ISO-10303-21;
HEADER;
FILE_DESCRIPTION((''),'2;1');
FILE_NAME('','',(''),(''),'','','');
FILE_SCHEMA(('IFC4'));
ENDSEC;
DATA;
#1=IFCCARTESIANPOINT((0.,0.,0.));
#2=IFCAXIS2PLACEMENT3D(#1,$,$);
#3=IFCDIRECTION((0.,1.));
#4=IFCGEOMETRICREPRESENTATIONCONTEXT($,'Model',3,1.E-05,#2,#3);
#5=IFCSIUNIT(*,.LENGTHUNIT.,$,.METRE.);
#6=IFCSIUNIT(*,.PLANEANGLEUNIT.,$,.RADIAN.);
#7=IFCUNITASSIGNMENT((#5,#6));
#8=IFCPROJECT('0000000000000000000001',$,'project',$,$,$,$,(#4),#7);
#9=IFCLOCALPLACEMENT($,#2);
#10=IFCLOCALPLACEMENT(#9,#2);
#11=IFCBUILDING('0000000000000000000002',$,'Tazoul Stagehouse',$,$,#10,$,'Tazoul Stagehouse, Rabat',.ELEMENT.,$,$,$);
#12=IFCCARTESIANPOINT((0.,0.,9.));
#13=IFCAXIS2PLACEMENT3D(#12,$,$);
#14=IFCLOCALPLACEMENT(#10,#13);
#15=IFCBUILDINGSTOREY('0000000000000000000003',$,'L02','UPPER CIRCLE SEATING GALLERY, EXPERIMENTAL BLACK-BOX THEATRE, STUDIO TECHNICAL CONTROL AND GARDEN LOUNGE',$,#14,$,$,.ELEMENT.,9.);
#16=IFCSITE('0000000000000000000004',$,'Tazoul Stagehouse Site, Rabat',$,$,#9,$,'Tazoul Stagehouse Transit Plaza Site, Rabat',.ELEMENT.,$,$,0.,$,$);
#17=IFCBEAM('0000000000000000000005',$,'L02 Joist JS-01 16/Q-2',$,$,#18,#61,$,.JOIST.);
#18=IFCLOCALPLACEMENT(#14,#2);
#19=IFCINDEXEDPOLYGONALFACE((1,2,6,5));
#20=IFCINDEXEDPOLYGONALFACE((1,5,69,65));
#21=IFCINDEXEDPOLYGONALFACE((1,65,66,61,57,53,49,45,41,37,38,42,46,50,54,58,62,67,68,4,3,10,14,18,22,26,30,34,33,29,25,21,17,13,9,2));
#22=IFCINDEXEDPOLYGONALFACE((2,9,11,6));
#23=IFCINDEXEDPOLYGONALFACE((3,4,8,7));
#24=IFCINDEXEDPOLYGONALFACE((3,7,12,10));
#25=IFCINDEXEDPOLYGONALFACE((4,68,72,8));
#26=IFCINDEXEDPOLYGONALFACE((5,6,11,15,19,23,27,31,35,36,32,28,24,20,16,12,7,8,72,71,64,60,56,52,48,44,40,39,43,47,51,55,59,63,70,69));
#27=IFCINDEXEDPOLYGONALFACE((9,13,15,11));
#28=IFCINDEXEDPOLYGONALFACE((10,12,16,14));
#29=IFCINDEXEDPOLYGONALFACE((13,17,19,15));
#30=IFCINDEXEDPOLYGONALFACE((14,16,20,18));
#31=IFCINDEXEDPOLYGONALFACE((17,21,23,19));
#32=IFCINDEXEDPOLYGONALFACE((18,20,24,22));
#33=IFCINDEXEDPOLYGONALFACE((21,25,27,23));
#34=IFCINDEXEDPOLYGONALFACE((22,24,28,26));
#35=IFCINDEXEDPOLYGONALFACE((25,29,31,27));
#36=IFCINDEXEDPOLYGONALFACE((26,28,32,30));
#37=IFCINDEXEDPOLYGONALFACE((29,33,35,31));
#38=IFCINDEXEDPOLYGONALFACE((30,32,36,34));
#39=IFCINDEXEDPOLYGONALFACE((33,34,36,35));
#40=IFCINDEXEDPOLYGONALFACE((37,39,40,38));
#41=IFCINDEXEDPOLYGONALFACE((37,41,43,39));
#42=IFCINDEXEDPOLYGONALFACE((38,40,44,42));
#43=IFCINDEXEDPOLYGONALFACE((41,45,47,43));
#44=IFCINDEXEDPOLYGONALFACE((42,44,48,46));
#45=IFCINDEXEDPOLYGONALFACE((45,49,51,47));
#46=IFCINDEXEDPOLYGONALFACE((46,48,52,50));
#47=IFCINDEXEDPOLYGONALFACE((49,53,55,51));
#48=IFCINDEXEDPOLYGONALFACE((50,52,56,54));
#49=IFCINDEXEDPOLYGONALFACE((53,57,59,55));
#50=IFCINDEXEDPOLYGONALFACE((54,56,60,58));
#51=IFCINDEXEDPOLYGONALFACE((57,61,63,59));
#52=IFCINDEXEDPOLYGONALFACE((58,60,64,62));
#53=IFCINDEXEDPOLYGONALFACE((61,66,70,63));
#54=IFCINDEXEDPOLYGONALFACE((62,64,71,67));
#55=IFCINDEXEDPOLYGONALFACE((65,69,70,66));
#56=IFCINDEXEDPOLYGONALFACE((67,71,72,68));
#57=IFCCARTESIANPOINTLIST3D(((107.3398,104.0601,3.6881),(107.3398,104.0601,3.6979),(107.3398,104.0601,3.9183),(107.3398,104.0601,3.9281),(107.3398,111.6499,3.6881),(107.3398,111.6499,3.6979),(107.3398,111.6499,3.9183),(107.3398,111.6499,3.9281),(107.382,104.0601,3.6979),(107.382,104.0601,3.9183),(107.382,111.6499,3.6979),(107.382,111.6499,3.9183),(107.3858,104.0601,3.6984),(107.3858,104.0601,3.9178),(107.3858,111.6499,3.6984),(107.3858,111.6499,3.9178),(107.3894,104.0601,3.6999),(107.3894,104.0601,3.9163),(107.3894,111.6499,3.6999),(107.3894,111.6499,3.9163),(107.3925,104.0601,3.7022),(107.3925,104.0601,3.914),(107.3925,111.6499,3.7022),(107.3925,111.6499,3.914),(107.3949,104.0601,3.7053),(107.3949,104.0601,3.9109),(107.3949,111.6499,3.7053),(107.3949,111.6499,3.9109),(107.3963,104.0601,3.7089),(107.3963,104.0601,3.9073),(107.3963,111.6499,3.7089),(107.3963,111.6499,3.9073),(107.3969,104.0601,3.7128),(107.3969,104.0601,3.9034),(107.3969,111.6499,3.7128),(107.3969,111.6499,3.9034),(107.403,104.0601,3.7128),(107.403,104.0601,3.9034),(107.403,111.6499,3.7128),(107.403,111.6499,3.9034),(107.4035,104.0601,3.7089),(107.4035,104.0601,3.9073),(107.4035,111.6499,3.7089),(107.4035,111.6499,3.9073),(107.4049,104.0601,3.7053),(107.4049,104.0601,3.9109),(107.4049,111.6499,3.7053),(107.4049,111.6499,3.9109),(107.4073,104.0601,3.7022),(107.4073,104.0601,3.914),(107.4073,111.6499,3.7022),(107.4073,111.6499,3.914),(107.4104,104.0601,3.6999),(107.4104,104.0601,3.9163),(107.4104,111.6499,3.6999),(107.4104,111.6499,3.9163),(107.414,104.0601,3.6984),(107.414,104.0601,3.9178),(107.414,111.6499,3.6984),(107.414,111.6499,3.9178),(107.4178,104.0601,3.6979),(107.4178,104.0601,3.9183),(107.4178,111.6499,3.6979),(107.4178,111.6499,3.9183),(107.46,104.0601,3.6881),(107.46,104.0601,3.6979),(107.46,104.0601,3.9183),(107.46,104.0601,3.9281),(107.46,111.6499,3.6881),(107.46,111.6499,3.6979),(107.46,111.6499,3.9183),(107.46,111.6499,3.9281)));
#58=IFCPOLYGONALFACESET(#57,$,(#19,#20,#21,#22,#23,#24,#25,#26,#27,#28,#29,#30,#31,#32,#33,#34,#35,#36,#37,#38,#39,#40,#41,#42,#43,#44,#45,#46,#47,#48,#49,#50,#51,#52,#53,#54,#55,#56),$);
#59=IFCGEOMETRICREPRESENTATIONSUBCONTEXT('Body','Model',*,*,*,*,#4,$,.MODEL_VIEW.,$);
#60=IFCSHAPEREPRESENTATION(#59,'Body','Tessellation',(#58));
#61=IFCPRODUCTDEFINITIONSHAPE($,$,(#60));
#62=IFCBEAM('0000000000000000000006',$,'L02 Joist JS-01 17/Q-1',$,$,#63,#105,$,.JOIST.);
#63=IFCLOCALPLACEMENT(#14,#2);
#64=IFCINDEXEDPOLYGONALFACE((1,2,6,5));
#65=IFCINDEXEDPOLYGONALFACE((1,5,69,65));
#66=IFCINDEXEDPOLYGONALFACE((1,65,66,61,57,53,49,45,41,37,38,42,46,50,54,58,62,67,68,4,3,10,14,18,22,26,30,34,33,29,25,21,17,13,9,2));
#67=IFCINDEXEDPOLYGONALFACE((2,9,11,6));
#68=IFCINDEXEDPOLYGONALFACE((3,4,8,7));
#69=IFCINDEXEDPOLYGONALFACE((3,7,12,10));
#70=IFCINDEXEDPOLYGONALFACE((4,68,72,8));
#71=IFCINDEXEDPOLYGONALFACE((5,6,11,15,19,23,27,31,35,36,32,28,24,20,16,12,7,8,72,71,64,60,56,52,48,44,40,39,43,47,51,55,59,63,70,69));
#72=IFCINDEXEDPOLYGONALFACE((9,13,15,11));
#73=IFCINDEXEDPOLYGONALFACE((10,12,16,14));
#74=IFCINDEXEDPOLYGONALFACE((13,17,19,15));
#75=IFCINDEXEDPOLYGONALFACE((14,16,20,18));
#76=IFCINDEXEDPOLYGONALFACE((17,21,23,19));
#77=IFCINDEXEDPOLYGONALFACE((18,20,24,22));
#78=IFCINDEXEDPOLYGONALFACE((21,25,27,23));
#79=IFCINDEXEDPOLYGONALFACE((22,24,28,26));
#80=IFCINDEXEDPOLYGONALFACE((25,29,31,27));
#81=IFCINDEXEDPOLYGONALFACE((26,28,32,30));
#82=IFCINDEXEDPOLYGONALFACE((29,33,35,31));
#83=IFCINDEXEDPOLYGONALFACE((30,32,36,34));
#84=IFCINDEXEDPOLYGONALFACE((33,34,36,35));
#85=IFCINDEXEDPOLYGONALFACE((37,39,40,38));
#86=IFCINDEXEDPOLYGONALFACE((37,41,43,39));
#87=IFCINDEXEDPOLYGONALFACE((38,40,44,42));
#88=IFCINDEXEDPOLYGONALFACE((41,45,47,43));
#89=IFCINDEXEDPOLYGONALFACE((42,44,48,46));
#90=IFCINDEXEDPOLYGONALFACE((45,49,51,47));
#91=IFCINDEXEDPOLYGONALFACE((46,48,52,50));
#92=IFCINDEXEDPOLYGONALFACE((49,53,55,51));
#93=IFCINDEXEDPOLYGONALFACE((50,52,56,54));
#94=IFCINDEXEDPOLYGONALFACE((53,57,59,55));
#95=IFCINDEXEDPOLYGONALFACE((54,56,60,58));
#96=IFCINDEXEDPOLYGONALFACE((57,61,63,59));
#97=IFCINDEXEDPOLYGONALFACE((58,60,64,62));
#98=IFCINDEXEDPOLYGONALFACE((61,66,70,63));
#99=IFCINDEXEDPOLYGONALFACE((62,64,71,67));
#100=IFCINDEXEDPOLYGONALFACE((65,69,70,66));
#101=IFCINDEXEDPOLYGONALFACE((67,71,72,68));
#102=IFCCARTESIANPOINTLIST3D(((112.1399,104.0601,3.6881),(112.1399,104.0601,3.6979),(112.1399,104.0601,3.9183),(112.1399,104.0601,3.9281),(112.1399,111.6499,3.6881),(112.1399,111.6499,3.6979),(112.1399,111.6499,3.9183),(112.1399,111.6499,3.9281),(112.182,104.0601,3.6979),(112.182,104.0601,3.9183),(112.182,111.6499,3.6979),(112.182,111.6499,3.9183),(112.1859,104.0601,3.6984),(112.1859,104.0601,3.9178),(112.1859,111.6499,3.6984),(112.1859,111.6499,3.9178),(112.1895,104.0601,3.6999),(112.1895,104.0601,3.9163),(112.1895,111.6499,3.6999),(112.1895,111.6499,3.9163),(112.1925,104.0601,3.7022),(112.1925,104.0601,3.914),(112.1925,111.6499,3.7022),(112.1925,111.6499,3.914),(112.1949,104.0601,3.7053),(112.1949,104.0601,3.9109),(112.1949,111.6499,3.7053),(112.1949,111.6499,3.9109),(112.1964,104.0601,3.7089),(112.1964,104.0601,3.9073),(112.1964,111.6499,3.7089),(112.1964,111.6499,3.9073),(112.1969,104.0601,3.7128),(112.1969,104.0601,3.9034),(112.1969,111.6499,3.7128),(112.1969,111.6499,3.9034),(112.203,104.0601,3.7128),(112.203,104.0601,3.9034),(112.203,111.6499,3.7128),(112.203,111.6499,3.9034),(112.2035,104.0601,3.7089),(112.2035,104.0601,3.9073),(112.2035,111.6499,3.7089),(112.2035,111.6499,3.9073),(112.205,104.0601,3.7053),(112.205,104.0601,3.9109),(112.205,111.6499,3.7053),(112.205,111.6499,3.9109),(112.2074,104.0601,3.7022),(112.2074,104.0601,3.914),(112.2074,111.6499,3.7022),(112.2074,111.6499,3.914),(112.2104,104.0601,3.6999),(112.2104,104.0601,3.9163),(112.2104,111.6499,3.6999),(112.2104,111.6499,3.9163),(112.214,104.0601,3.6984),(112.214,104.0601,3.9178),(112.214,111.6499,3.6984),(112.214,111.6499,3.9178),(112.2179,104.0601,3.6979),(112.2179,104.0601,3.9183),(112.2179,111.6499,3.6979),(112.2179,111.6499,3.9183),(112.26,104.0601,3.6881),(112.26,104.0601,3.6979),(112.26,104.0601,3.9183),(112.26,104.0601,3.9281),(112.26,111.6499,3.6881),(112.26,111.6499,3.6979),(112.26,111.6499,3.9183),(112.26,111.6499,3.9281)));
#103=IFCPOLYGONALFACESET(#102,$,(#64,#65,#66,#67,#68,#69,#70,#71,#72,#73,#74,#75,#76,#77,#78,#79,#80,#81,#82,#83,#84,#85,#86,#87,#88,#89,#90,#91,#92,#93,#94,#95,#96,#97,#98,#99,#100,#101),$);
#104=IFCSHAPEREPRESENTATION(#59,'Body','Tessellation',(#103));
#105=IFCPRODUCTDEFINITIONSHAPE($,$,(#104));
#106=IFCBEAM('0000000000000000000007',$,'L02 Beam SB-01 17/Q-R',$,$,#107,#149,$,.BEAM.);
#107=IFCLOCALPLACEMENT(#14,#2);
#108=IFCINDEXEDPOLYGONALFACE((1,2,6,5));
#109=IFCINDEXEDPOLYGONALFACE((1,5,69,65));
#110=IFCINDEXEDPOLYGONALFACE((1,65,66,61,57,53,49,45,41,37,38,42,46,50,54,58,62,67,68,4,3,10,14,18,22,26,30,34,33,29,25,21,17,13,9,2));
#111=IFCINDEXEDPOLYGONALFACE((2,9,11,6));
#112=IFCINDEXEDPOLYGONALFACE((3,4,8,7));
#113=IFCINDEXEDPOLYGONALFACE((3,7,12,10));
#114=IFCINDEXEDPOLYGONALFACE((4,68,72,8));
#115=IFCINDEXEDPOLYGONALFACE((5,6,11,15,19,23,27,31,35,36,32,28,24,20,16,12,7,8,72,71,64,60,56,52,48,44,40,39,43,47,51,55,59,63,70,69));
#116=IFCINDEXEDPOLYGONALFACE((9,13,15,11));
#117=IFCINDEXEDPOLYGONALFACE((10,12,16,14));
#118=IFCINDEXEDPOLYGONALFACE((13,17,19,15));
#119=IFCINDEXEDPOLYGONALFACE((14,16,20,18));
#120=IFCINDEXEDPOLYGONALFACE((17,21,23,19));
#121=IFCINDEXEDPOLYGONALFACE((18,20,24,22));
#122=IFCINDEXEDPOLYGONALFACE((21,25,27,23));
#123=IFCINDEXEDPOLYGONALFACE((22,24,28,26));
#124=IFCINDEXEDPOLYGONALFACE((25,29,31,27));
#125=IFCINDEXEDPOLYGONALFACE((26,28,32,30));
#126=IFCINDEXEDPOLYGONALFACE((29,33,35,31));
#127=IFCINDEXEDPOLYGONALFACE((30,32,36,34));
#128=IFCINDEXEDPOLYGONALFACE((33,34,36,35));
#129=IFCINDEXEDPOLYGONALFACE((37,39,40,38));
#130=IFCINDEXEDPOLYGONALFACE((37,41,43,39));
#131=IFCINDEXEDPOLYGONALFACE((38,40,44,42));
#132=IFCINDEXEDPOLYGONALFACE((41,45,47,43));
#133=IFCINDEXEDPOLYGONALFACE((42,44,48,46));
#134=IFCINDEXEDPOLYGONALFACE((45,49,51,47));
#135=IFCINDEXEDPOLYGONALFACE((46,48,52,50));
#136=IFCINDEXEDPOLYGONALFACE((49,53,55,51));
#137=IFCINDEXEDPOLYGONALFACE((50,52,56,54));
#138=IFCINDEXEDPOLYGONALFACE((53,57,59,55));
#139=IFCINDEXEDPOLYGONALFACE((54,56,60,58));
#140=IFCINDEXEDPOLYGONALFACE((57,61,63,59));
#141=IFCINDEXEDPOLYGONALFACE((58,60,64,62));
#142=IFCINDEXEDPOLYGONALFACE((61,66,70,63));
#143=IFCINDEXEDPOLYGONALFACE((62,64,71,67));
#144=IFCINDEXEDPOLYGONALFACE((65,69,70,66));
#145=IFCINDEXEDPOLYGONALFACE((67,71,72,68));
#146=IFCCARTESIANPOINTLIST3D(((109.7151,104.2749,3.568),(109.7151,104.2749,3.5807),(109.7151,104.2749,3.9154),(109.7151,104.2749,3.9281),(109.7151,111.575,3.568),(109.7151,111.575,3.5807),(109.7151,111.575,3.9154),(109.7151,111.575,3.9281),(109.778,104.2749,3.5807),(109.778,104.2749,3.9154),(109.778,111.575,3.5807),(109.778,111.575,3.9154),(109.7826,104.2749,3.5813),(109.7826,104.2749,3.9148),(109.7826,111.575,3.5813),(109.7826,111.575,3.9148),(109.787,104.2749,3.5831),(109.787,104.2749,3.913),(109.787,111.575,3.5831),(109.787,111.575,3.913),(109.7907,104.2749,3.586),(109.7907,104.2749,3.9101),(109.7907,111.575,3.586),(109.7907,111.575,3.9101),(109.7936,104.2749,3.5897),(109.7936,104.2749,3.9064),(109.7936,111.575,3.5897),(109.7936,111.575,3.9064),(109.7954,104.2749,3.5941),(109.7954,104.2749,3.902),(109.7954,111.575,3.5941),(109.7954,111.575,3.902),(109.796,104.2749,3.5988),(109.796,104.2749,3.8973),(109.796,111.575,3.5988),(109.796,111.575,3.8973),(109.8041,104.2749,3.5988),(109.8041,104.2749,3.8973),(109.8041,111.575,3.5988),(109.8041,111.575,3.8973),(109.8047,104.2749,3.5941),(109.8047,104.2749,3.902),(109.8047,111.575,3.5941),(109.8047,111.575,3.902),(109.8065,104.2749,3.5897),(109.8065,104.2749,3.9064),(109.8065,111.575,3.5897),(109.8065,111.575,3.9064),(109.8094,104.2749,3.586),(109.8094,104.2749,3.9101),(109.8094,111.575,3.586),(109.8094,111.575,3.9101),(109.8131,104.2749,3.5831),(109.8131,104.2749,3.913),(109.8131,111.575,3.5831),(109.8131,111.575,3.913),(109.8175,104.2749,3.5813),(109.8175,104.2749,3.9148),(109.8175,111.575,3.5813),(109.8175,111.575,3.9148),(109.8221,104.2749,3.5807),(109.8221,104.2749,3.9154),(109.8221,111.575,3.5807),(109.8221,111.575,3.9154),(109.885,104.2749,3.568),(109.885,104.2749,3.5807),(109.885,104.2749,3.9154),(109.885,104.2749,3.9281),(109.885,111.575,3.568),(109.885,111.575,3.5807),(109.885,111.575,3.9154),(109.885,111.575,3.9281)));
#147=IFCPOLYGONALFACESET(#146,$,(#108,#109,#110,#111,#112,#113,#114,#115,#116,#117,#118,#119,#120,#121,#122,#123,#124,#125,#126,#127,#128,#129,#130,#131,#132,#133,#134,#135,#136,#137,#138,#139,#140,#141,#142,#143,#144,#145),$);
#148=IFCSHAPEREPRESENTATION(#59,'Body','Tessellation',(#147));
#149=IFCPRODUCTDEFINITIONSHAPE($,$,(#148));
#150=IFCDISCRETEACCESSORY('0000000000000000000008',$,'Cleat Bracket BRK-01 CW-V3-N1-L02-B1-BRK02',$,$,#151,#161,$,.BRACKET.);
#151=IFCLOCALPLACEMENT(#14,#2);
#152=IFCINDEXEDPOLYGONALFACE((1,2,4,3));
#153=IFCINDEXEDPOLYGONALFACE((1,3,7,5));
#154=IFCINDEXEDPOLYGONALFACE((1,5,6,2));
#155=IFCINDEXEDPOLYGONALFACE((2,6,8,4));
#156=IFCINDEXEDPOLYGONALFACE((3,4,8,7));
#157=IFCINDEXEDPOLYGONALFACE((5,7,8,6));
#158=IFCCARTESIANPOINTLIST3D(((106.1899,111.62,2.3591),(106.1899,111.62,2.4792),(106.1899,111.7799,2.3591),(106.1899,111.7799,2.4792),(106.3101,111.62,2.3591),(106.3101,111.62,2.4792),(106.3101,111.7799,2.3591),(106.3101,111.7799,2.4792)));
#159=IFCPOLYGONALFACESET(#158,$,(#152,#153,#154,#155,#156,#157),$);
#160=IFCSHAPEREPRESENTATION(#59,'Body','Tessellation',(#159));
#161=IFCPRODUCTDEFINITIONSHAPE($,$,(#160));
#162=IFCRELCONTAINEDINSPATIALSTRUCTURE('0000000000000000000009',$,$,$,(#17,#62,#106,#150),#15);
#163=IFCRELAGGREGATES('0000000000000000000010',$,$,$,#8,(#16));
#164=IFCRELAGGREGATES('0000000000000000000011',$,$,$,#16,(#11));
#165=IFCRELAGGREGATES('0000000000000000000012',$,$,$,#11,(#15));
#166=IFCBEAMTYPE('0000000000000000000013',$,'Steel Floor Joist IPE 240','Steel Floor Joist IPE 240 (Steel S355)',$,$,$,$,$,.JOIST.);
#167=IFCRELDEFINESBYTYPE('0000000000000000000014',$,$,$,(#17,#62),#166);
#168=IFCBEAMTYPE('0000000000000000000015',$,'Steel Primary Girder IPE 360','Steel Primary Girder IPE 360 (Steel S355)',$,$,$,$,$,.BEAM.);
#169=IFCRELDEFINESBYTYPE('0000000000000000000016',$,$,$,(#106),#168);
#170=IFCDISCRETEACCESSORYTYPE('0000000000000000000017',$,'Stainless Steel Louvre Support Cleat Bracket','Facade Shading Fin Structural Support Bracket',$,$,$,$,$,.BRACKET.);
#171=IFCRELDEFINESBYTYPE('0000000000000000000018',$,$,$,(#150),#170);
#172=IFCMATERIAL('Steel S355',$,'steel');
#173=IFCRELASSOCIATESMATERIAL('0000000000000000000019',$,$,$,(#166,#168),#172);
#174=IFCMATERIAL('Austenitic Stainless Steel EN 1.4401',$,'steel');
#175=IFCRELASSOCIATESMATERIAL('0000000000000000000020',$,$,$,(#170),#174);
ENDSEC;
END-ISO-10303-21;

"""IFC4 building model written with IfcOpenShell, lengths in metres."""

from ifc_helpers import new_model, si_unit, direction, frame, origin, origin_2d, place, context, subcontext, project, spatial, rectangle, i_section, extrude, material, material_profile, profile_set, type_object, element, save


model = new_model("IFC4")

# Units and contexts
model_context = context("Model", 3, precision=1e-05, world=origin(), true_north=direction((0.0, 1.0)))
body_context = subcontext(model_context, "Body", "Model", "MODEL_VIEW")
ifc_project = project(units=[si_unit("LENGTHUNIT", "METRE"), si_unit("PLANEANGLEUNIT", "RADIAN")], contexts=[model_context])

# Site, building, storey
site_placement = place(None, origin())
building_placement = place(site_placement, origin())
storey_placement = place(building_placement, frame((0.0, 0.0, 9.0)))
site = spatial("IfcSite", under=ifc_project, at=site_placement, Name="Tazoul Stagehouse Site, Rabat", LongName="Tazoul Stagehouse Transit Plaza Site, Rabat", CompositionType="ELEMENT", RefElevation=0.0)
building = spatial("IfcBuilding", under=site, at=building_placement, Name="Tazoul Stagehouse", LongName="Tazoul Stagehouse, Rabat", CompositionType="ELEMENT")
storey = spatial("IfcBuildingStorey", under=building, at=storey_placement, Name="L02", Description="UPPER CIRCLE SEATING GALLERY, EXPERIMENTAL BLACK-BOX THEATRE, STUDIO TECHNICAL CONTROL AND GARDEN LOUNGE", CompositionType="ELEMENT", Elevation=9.0)

# Beams
ifc_material_1 = material(Name="Steel S355", Category="steel")
ifc_material_profile_1 = material_profile(ifc_material_1, i_section(OverallWidth=0.1201, OverallDepth=0.24, WebThickness=0.0061, FlangeThickness=0.0098, FilletRadius=0.0149, at=origin_2d()), Name="IPE 240")
ifc_profile_set_1 = profile_set([ifc_material_profile_1], Name="Steel S355")
beam_type_1 = type_object("IfcBeamType", Name="Steel Floor Joist IPE 240", Description="Steel Floor Joist IPE 240 (Steel S355)", PredefinedType="JOIST", material=ifc_profile_set_1)
for number, where, z_axis, x_axis, name in (
    (1, (107.3999, 104.0601, 3.8081), (0.0, 1.0, 0.0), (-1.0, 0.0, 0.0), "L02 Joist JS-01 16/Q-2"),
    (2, (112.2, 104.0601, 3.8081), (0.0, 1.0, 0.0), (-1.0, 0.0, 0.0), "L02 Joist JS-01 17/Q-1"),
):
    element("IfcBeam", number, at=place(storey_placement, frame(where, z_axis=z_axis, x_axis=x_axis)), inside=storey, type_object=beam_type_1, Name=name, PredefinedType="JOIST", context=body_context, shape_type="SweptSolid", body=[
        extrude(i_section(OverallWidth=0.1201, OverallDepth=0.24, WebThickness=0.0061, FlangeThickness=0.0098, FilletRadius=0.0149, at=origin_2d()), origin(), (0.0, 0.0, 1.0), 7.5898),
    ])
ifc_material_profile_2 = material_profile(ifc_material_1, i_section(OverallWidth=0.1699, OverallDepth=0.3601, WebThickness=0.0081, FlangeThickness=0.0127, FilletRadius=0.0181, at=origin_2d()), Name="IPE 360")
ifc_profile_set_2 = profile_set([ifc_material_profile_2], Name="Steel S355")
beam_type_2 = type_object("IfcBeamType", Name="Steel Primary Girder IPE 360", Description="Steel Primary Girder IPE 360 (Steel S355)", PredefinedType="BEAM", material=ifc_profile_set_2)
beam_placement = place(storey_placement, frame((109.8, 104.2749, 3.748), z_axis=(0.0, 1.0, 0.0), x_axis=(-1.0, 0.0, 0.0)))
element("IfcBeam", 3, at=beam_placement, inside=storey, type_object=beam_type_2, Name="L02 Beam SB-01 17/Q-R", PredefinedType="BEAM", context=body_context, shape_type="SweptSolid", body=[
    extrude(i_section(OverallWidth=0.1699, OverallDepth=0.3601, WebThickness=0.0081, FlangeThickness=0.0127, FilletRadius=0.0181, at=origin_2d()), origin(), (0.0, 0.0, 1.0), 7.3),
])

# Discrete accessory
ifc_material_2 = material(Name="Austenitic Stainless Steel EN 1.4401", Category="steel")
discrete_accessory_type = type_object("IfcDiscreteAccessoryType", Name="Stainless Steel Louvre Support Cleat Bracket", Description="Facade Shading Fin Structural Support Bracket", PredefinedType="BRACKET", material=ifc_material_2)
discrete_accessory_placement = place(storey_placement, frame((106.25, 111.7, 2.3591), z_axis=(0.0, 0.0, 1.0), x_axis=(1.0, 0.0, 0.0)))
element("IfcDiscreteAccessory", 4, at=discrete_accessory_placement, inside=storey, type_object=discrete_accessory_type, Name="Cleat Bracket BRK-01 CW-V3-N1-L02-B1-BRK02", PredefinedType="BRACKET", context=body_context, shape_type="SweptSolid", body=[
    extrude(rectangle(XDim=0.1201, YDim=0.1599, at=origin_2d()), origin(), (0.0, 0.0, 1.0), 0.1201),
])

save(model, "model.ifc")
